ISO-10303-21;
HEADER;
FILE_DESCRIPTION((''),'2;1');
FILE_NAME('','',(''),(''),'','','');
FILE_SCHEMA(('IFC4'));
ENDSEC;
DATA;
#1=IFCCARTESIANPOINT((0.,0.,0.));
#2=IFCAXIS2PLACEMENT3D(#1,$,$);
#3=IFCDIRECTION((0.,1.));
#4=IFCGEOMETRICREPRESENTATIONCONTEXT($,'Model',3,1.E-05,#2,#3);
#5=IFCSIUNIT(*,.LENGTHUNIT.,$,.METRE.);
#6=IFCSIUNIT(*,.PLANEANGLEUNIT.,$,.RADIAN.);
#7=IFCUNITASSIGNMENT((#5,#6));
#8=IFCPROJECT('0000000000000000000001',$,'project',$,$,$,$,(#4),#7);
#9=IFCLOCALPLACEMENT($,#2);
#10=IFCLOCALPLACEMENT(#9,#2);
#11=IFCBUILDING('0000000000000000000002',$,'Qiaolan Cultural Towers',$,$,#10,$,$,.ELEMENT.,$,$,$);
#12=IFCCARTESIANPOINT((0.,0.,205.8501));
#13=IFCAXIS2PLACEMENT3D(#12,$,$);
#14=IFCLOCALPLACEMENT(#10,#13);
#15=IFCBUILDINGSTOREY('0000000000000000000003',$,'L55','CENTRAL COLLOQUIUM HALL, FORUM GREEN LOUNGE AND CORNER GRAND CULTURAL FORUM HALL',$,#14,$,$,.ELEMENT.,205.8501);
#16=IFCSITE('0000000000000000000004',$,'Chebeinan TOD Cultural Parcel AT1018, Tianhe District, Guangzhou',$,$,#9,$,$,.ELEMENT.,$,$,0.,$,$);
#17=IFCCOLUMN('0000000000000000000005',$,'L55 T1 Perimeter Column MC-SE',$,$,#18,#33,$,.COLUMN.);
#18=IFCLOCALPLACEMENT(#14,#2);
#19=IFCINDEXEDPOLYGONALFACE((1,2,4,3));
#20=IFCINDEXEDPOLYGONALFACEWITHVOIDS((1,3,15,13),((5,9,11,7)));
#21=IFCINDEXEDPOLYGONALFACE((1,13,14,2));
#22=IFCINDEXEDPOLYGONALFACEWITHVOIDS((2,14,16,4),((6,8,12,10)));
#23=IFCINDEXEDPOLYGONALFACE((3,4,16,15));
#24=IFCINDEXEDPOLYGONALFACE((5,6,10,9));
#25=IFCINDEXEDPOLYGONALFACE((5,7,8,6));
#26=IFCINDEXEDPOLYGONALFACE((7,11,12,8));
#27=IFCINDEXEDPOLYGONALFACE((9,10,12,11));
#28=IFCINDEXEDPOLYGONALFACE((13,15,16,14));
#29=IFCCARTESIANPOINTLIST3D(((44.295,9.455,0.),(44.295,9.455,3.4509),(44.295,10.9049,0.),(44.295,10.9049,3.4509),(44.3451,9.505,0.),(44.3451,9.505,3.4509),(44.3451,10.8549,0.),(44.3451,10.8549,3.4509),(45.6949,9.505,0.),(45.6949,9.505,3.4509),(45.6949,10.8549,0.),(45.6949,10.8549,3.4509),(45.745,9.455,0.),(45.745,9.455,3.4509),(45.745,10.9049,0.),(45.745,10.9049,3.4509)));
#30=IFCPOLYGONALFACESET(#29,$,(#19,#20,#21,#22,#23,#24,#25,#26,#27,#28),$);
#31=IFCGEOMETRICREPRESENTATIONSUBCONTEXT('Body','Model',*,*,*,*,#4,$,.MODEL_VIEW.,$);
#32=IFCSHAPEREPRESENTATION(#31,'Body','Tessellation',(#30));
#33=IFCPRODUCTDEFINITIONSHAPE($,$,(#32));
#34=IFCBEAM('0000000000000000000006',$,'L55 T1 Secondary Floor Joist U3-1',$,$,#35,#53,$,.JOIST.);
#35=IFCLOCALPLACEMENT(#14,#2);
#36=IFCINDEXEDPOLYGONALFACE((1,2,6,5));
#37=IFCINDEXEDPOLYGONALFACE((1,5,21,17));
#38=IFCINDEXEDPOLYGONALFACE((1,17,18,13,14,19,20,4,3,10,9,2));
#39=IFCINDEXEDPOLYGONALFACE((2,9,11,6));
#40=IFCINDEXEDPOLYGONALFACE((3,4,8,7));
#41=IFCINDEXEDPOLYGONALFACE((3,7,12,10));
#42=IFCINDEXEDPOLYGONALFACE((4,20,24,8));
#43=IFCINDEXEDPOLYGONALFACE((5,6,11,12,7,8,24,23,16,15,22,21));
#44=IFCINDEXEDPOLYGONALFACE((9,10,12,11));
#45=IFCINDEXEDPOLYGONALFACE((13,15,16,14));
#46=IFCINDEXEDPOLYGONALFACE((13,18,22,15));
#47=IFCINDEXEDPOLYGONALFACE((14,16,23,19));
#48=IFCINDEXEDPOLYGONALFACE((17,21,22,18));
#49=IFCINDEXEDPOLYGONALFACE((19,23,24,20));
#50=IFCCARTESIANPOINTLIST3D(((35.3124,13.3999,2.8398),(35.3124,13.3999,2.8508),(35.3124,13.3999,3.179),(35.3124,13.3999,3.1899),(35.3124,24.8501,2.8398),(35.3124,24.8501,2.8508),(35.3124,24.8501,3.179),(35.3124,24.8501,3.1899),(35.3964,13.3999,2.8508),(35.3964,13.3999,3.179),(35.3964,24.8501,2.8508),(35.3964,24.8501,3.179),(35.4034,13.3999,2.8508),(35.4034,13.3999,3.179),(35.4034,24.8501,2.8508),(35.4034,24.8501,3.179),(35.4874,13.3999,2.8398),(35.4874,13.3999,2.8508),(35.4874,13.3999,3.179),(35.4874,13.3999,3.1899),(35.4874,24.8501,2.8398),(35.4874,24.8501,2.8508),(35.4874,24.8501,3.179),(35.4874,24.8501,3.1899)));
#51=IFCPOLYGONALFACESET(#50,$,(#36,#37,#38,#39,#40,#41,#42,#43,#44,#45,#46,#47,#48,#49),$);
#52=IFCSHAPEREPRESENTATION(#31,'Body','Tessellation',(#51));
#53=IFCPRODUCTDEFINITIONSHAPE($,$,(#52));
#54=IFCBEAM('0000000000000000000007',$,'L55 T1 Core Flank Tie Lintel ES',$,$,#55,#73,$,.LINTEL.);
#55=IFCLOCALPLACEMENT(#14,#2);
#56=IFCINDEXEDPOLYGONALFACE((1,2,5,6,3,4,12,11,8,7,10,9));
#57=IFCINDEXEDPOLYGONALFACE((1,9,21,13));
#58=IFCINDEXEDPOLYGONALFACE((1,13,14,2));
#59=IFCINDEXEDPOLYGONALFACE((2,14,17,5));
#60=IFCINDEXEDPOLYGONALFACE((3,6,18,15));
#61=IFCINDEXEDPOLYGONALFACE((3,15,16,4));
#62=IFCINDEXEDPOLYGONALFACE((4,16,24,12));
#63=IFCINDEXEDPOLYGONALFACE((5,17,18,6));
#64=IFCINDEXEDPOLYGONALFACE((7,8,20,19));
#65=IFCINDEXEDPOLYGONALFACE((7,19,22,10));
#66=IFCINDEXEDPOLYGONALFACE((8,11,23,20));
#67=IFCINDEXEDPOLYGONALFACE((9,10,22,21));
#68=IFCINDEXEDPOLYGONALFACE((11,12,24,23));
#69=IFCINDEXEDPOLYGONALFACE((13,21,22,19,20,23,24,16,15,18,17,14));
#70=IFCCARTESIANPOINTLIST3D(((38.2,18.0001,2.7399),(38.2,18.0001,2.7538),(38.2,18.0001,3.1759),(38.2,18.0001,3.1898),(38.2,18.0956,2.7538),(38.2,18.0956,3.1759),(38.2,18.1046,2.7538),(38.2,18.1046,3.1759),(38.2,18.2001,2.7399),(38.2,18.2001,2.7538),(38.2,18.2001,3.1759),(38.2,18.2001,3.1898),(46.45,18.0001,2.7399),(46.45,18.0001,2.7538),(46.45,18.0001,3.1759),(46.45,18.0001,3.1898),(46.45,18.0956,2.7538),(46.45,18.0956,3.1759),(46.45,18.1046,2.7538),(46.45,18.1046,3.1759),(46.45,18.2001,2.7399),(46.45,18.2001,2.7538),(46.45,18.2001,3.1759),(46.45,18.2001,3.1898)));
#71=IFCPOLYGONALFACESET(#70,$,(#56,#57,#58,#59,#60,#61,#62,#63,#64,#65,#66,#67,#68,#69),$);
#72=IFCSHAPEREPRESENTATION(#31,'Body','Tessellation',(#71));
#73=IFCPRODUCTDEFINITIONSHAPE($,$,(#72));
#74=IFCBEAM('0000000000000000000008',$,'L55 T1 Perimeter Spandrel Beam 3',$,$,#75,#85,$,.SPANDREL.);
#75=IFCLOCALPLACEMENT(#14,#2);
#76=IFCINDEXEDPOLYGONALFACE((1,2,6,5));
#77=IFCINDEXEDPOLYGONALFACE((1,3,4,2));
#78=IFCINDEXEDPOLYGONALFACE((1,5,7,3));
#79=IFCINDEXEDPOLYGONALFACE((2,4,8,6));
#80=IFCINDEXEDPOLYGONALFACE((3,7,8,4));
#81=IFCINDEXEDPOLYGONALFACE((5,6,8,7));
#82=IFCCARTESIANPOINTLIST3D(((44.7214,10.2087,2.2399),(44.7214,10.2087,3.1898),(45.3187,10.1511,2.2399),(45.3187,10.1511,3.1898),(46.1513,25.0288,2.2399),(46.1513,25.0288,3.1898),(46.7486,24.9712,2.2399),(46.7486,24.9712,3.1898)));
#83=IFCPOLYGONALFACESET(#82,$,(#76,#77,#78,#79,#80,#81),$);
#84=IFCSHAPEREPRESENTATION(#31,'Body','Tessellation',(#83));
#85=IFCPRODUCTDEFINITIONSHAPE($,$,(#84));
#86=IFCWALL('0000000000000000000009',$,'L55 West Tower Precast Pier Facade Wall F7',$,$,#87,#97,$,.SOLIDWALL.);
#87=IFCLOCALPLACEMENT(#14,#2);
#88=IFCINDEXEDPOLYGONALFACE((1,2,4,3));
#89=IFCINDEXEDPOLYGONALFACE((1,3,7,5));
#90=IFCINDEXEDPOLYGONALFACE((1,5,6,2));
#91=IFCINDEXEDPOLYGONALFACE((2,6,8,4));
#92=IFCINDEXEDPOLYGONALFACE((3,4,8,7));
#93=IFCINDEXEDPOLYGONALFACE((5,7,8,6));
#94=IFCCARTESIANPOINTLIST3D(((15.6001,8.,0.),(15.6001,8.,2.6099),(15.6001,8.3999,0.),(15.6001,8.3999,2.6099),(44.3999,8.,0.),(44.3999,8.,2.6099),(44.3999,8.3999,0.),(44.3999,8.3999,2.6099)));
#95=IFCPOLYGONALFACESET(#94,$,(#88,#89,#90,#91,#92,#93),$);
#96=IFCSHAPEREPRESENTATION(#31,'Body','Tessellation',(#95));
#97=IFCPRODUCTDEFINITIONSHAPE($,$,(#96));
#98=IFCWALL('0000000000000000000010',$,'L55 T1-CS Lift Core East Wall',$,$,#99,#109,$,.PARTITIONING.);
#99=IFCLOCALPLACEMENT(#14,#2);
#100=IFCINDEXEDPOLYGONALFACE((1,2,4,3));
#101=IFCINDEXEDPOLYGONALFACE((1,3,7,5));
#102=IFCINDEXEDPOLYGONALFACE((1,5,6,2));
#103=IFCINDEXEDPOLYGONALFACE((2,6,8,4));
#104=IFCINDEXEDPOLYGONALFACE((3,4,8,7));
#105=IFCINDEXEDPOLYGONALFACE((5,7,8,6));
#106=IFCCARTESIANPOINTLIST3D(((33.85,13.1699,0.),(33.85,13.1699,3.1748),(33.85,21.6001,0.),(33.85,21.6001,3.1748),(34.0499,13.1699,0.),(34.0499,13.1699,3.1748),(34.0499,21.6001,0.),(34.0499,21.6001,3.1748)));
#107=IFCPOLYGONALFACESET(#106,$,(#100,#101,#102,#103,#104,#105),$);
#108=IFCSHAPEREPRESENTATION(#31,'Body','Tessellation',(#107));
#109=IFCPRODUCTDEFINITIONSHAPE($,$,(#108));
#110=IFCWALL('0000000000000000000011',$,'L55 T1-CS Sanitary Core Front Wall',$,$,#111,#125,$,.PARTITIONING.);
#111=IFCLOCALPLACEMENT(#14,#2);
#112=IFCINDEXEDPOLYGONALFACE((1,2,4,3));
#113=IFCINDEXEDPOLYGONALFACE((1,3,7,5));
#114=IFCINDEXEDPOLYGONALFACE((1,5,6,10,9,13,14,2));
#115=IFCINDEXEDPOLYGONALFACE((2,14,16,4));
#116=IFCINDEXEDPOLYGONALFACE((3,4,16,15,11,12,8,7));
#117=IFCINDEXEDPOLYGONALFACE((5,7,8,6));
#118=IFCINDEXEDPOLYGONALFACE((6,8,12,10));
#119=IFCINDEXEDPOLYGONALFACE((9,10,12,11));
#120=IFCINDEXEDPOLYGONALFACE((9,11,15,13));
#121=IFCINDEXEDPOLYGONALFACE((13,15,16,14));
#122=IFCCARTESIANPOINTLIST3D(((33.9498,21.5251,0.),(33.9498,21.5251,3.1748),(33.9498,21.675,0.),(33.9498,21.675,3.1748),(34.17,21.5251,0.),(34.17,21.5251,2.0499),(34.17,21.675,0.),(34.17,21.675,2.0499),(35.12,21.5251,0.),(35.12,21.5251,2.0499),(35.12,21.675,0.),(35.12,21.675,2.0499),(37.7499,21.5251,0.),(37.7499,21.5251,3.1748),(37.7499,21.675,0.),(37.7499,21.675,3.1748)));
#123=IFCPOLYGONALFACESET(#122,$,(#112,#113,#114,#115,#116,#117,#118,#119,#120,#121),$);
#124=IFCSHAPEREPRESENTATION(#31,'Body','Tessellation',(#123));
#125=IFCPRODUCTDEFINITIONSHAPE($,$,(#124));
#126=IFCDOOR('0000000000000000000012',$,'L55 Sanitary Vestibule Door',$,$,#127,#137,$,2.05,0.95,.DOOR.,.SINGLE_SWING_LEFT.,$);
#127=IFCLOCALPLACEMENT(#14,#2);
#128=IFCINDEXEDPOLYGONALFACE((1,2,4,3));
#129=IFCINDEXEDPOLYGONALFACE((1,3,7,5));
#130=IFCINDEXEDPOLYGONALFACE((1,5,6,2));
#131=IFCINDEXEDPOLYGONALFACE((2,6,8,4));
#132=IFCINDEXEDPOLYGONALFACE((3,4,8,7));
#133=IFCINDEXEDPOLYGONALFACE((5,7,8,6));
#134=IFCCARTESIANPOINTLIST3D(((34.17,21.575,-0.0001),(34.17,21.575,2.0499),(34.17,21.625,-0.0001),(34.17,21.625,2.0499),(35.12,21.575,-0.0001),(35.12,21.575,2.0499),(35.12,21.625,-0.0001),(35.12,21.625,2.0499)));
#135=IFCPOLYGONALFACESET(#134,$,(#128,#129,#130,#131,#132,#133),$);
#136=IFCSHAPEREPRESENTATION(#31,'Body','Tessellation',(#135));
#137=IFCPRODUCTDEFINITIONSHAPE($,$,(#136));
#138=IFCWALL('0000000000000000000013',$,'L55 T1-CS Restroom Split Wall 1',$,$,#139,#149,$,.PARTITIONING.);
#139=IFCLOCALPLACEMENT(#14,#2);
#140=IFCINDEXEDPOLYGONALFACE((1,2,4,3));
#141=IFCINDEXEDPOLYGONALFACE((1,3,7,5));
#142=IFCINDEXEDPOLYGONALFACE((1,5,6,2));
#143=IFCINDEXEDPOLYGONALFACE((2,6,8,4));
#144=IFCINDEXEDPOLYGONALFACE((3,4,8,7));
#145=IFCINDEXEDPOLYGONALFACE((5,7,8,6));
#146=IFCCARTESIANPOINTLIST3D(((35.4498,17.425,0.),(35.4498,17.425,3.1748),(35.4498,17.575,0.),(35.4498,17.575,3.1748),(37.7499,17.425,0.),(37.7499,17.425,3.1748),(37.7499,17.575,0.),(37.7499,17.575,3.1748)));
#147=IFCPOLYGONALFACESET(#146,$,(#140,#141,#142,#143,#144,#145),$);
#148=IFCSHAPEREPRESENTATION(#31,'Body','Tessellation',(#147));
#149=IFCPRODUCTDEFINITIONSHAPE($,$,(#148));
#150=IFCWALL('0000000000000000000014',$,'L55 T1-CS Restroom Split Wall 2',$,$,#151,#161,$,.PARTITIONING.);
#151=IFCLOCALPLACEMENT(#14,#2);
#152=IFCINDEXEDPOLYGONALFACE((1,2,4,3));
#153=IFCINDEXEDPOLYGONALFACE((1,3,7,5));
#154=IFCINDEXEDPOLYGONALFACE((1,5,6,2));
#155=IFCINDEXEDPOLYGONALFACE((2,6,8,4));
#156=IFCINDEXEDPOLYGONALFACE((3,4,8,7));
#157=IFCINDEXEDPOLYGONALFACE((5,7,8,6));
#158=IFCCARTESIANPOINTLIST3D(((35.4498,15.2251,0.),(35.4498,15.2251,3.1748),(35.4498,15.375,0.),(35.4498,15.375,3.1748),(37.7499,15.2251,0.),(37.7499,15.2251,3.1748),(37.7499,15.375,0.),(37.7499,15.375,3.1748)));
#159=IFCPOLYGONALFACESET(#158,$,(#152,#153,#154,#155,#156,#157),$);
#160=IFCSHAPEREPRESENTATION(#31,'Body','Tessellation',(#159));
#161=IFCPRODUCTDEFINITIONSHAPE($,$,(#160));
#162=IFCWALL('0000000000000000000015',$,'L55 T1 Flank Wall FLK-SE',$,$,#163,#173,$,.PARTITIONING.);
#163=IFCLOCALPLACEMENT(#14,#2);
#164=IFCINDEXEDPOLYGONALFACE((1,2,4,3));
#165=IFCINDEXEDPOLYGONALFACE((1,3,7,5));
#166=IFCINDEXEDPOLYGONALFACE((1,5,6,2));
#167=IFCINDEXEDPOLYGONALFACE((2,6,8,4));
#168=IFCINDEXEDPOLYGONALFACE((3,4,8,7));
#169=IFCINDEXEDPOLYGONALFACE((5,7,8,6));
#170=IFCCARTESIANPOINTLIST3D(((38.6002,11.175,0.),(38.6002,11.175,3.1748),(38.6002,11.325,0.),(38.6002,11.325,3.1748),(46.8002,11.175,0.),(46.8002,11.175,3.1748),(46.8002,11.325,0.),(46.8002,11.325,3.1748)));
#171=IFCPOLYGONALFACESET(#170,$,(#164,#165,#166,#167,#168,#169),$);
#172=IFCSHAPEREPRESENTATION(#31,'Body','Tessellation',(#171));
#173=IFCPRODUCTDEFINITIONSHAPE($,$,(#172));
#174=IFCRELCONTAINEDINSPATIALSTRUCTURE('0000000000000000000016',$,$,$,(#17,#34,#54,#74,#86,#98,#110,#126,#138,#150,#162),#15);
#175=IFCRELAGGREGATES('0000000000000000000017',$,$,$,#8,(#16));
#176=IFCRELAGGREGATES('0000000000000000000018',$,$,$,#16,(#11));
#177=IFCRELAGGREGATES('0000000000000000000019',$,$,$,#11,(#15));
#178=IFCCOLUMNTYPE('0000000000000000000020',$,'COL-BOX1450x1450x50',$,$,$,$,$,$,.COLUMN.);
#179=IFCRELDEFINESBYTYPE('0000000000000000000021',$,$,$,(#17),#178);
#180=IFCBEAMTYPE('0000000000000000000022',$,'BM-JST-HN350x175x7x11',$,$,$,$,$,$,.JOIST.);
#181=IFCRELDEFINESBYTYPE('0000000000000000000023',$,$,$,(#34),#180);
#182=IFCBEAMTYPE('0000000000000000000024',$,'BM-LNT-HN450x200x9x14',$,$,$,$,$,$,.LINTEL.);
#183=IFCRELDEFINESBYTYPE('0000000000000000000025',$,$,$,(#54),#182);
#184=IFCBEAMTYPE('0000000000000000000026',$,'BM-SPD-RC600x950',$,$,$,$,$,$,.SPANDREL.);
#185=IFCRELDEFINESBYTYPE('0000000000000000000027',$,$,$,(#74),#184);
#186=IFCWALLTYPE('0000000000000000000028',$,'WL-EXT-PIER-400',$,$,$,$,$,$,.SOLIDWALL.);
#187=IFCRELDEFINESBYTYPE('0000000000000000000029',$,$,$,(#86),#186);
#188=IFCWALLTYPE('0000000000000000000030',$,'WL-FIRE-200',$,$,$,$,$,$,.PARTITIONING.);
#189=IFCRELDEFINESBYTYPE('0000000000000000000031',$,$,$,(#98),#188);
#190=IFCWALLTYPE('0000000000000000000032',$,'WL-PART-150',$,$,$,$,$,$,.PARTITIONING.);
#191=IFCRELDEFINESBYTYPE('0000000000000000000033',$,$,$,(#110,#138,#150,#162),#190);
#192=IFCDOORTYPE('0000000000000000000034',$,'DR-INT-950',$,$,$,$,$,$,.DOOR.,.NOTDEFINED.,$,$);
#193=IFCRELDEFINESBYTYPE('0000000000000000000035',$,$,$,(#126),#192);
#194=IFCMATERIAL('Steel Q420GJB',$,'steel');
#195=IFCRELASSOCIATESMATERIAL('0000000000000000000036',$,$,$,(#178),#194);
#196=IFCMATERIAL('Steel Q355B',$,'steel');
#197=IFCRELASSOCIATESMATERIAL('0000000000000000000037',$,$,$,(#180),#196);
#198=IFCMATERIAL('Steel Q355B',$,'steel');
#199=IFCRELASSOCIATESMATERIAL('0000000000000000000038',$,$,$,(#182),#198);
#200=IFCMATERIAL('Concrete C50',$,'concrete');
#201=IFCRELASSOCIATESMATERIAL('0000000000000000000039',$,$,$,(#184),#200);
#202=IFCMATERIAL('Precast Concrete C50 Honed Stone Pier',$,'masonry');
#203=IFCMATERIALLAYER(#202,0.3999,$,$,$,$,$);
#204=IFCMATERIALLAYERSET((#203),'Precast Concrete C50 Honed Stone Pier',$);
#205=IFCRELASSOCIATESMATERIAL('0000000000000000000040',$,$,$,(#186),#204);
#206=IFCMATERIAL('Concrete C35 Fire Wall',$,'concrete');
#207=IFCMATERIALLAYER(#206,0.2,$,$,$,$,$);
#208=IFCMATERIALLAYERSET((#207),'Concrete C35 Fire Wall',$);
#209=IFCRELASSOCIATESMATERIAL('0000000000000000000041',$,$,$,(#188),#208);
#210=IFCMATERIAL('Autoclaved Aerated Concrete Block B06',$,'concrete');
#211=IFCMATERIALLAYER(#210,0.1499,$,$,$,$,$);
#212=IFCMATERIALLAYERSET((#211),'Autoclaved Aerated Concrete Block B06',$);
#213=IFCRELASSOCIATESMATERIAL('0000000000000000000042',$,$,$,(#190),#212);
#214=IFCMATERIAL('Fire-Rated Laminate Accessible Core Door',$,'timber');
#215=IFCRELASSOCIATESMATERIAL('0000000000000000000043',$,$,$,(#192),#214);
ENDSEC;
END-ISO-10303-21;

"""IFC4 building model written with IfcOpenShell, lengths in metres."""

from ifc_helpers import new_model, si_unit, direction, frame, frame_2d, origin, origin_2d, place, context, subcontext, project, spatial, rectangle, hollow_rectangle, i_section, extrude, material, layer, layer_set, material_profile, profile_set, type_object, element, fill, save


model = new_model("IFC4")

# Units and contexts
model_context = context("Model", 3, precision=1e-05, world=origin(), true_north=direction((0.0, 1.0)))
body_context = subcontext(model_context, "Body", "Model", "MODEL_VIEW")
ifc_project = project(units=[si_unit("LENGTHUNIT", "METRE"), si_unit("PLANEANGLEUNIT", "RADIAN")], contexts=[model_context])

# Site, building, storey
site_placement = place(None, origin())
site = spatial("IfcSite", under=ifc_project, at=site_placement, Name="Chebeinan TOD Cultural Parcel AT1018, Tianhe District, Guangzhou", CompositionType="ELEMENT", RefElevation=0.0)
building_placement = place(site_placement, origin())
building = spatial("IfcBuilding", under=site, at=building_placement, Name="Qiaolan Cultural Towers", CompositionType="ELEMENT")
storey_placement = place(building_placement, frame((0.0, 0.0, 205.8501)))
storey = spatial("IfcBuildingStorey", under=building, at=storey_placement, Name="L55", Description="CENTRAL COLLOQUIUM HALL, FORUM GREEN LOUNGE AND CORNER GRAND CULTURAL FORUM HALL", CompositionType="ELEMENT", Elevation=205.8501)

# Column
ifc_material_1 = material(Name="Steel Q420GJB", Category="steel")
ifc_material_profile_1 = material_profile(ifc_material_1, hollow_rectangle(XDim=1.45, YDim=1.45, WallThickness=0.05, at=origin_2d()), Name="BOX1450x1450x50")
ifc_profile_set_1 = profile_set([ifc_material_profile_1], Name="Steel Q420GJB")
column_type = type_object("IfcColumnType", Name="COL-BOX1450x1450x50", PredefinedType="COLUMN", material=ifc_profile_set_1)
column_placement = place(storey_placement, frame((45.02, 10.1799, 0.0), z_axis=(0.0, 0.0, 1.0), x_axis=(1.0, 0.0, 0.0)))
element("IfcColumn", 1, at=column_placement, inside=storey, type_object=column_type, Name="L55 T1 Perimeter Column MC-SE", PredefinedType="COLUMN", context=body_context, shape_type="SweptSolid", body=[
    extrude(hollow_rectangle(XDim=1.45, YDim=1.45, WallThickness=0.05, at=origin_2d()), origin(), (0.0, 0.0, 1.0), 3.4509),
])

# Beams
ifc_material_2 = material(Name="Steel Q355B", Category="steel")
ifc_material_profile_2 = material_profile(ifc_material_2, i_section(OverallWidth=0.175, OverallDepth=0.3501, WebThickness=0.0071, FlangeThickness=0.011, at=origin_2d()), Name="HN350x175x7x11")
ifc_profile_set_2 = profile_set([ifc_material_profile_2], Name="Steel Q355B")
beam_type_1 = type_object("IfcBeamType", Name="BM-JST-HN350x175x7x11", PredefinedType="JOIST", material=ifc_profile_set_2)
beam_1_placement = place(storey_placement, frame((35.3999, 13.3999, 3.0149), z_axis=(0.0, 1.0, 0.0), x_axis=(-1.0, 0.0, 0.0)))
element("IfcBeam", 2, at=beam_1_placement, inside=storey, type_object=beam_type_1, Name="L55 T1 Secondary Floor Joist U3-1", PredefinedType="JOIST", context=body_context, shape_type="SweptSolid", body=[
    extrude(i_section(OverallWidth=0.175, OverallDepth=0.3501, WebThickness=0.0071, FlangeThickness=0.011, at=origin_2d()), origin(), (0.0, 0.0, 1.0), 11.4502),
])
ifc_material_3 = material(Name="Steel Q355B", Category="steel")
ifc_material_profile_3 = material_profile(ifc_material_3, i_section(OverallWidth=0.2, OverallDepth=0.45, WebThickness=0.009, FlangeThickness=0.0139, at=origin_2d()), Name="HN450x200x9x14")
ifc_profile_set_3 = profile_set([ifc_material_profile_3], Name="Steel Q355B")
beam_type_2 = type_object("IfcBeamType", Name="BM-LNT-HN450x200x9x14", PredefinedType="LINTEL", material=ifc_profile_set_3)
beam_2_placement = place(storey_placement, frame((38.2, 18.1001, 2.9648), z_axis=(1.0, 0.0, 0.0), x_axis=(0.0, 1.0, 0.0)))
element("IfcBeam", 3, at=beam_2_placement, inside=storey, type_object=beam_type_2, Name="L55 T1 Core Flank Tie Lintel ES", PredefinedType="LINTEL", context=body_context, shape_type="SweptSolid", body=[
    extrude(i_section(OverallWidth=0.2, OverallDepth=0.45, WebThickness=0.009, FlangeThickness=0.0139, at=origin_2d()), origin(), (0.0, 0.0, 1.0), 8.25),
])
ifc_material_4 = material(Name="Concrete C50", Category="concrete")
ifc_material_profile_4 = material_profile(ifc_material_4, rectangle(XDim=0.6001, YDim=0.95, at=origin_2d()), Name="RC600x950")
ifc_profile_set_4 = profile_set([ifc_material_profile_4], Name="Concrete C50")
beam_type_3 = type_object("IfcBeamType", Name="BM-SPD-RC600x950", PredefinedType="SPANDREL", material=ifc_profile_set_4)
beam_3_placement = place(storey_placement, frame((45.02, 10.1799, 2.7148), z_axis=(0.09604, 0.995377, 0.0), x_axis=(-0.995377, 0.09604, 0.0)))
element("IfcBeam", 4, at=beam_3_placement, inside=storey, type_object=beam_type_3, Name="L55 T1 Perimeter Spandrel Beam 3", PredefinedType="SPANDREL", context=body_context, shape_type="SweptSolid", body=[
    extrude(rectangle(XDim=0.6001, YDim=0.95, at=origin_2d()), origin(), (0.0, 0.0, 1.0), 14.8889),
])

# Walls
ifc_material_5 = material(Name="Precast Concrete C50 Honed Stone Pier", Category="masonry")
ifc_layer_1 = layer(ifc_material_5, 0.3999)
ifc_layer_set_1 = layer_set([ifc_layer_1], Name="Precast Concrete C50 Honed Stone Pier")
wall_type_1 = type_object("IfcWallType", Name="WL-EXT-PIER-400", PredefinedType="SOLIDWALL", material=ifc_layer_set_1)
wall_1_placement = place(storey_placement, frame((44.3999, 8.2, 0.0), z_axis=(0.0, 0.0, 1.0), x_axis=(-1.0, 0.0, 0.0)))
element("IfcWall", 5, at=wall_1_placement, inside=storey, type_object=wall_type_1, Name="L55 West Tower Precast Pier Facade Wall F7", PredefinedType="SOLIDWALL", context=body_context, shape_type="SweptSolid", body=[
    extrude(rectangle(XDim=28.7998, YDim=0.3999, at=frame_2d((14.3999, 0.0))), origin(), (0.0, 0.0, 1.0), 2.6099),
])
ifc_material_6 = material(Name="Concrete C35 Fire Wall", Category="concrete")
ifc_layer_2 = layer(ifc_material_6, 0.2)
ifc_layer_set_2 = layer_set([ifc_layer_2], Name="Concrete C35 Fire Wall")
wall_type_2 = type_object("IfcWallType", Name="WL-FIRE-200", PredefinedType="PARTITIONING", material=ifc_layer_set_2)
wall_2_placement = place(storey_placement, frame((33.95, 21.6001, 0.0), z_axis=(0.0, 0.0, 1.0), x_axis=(0.0, -1.0, 0.0)))
element("IfcWall", 6, at=wall_2_placement, inside=storey, type_object=wall_type_2, Name="L55 T1-CS Lift Core East Wall", PredefinedType="PARTITIONING", context=body_context, shape_type="SweptSolid", body=[
    extrude(rectangle(XDim=8.4302, YDim=0.2, at=frame_2d((4.2151, 0.0))), origin(), (0.0, 0.0, 1.0), 3.1748),
])

# Wall, opening, door
ifc_material_7 = material(Name="Autoclaved Aerated Concrete Block B06", Category="concrete")
ifc_layer_3 = layer(ifc_material_7, 0.1499)
ifc_layer_set_3 = layer_set([ifc_layer_3], Name="Autoclaved Aerated Concrete Block B06")
wall_type_3 = type_object("IfcWallType", Name="WL-PART-150", PredefinedType="PARTITIONING", material=ifc_layer_set_3)
wall_3_placement = place(storey_placement, frame((33.95, 21.6001, 0.0), z_axis=(0.0, 0.0, 1.0), x_axis=(1.0, 0.0, 0.0)))
wall_3 = element("IfcWall", 7, at=wall_3_placement, inside=storey, type_object=wall_type_3, Name="L55 T1-CS Sanitary Core Front Wall", PredefinedType="PARTITIONING", context=body_context, shape_type="SweptSolid", body=[
    extrude(rectangle(XDim=3.8, YDim=0.1499, at=frame_2d((1.8999, 0.0))), origin(), (0.0, 0.0, 1.0), 3.1748),
])
opening_placement = place(wall_3_placement, frame((0.22, 0.0, 0.0)))
opening = element("IfcOpeningElement", 8, at=opening_placement, cuts=wall_3, PredefinedType="OPENING", context=body_context, shape_type="SweptSolid", body=[
    extrude(rectangle(XDim=0.95, YDim=2.05, at=frame_2d((0.4751, 1.0249))), frame((0.0, 0.085, 0.0), z_axis=(0.0, -1.0, 0.0), x_axis=(1.0, 0.0, 0.0)), (0.0, 0.0, 1.0), 0.1699),
])
ifc_material_8 = material(Name="Fire-Rated Laminate Accessible Core Door", Category="timber")
door_type = type_object("IfcDoorType", Name="DR-INT-950", OperationType="NOTDEFINED", PredefinedType="DOOR", material=ifc_material_8)
door_placement = place(opening_placement, origin())
door = element("IfcDoor", 9, at=door_placement, inside=storey, type_object=door_type, Name="L55 Sanitary Vestibule Door", OperationType="SINGLE_SWING_LEFT", OverallHeight=2.05, OverallWidth=0.95, PredefinedType="DOOR", context=body_context, shape_type="SweptSolid", body=[
    extrude(rectangle(XDim=0.95, YDim=2.05, at=frame_2d((0.4751, 1.0249))), frame((0.0, 0.0249, 0.0), z_axis=(0.0, -1.0, 0.0), x_axis=(1.0, 0.0, 0.0)), (0.0, 0.0, 1.0), 0.05),
])
fill(opening, door)

# Walls
for number, where, z_axis, x_axis, name in (
    (10, (35.45, 17.5, 0.0), (0.0, 0.0, 1.0), (1.0, 0.0, 0.0), "L55 T1-CS Restroom Split Wall 1"),
    (11, (35.45, 15.3, 0.0), (0.0, 0.0, 1.0), (1.0, 0.0, 0.0), "L55 T1-CS Restroom Split Wall 2"),
):
    element("IfcWall", number, at=place(storey_placement, frame(where, z_axis=z_axis, x_axis=x_axis)), inside=storey, type_object=wall_type_3, Name=name, PredefinedType="PARTITIONING", context=body_context, shape_type="SweptSolid", body=[
        extrude(rectangle(XDim=2.3, YDim=0.1499, at=frame_2d((1.1499, 0.0))), origin(), (0.0, 0.0, 1.0), 3.1748),
    ])
wall_4_placement = place(storey_placement, frame((38.6001, 11.25, 0.0), z_axis=(0.0, 0.0, 1.0), x_axis=(1.0, 0.0, 0.0)))
element("IfcWall", 12, at=wall_4_placement, inside=storey, type_object=wall_type_3, Name="L55 T1 Flank Wall FLK-SE", PredefinedType="PARTITIONING", context=body_context, shape_type="SweptSolid", body=[
    extrude(rectangle(XDim=8.2, YDim=0.1499, at=frame_2d((4.1001, 0.0))), origin(), (0.0, 0.0, 1.0), 3.1748),
])

save(model, "model.ifc")
